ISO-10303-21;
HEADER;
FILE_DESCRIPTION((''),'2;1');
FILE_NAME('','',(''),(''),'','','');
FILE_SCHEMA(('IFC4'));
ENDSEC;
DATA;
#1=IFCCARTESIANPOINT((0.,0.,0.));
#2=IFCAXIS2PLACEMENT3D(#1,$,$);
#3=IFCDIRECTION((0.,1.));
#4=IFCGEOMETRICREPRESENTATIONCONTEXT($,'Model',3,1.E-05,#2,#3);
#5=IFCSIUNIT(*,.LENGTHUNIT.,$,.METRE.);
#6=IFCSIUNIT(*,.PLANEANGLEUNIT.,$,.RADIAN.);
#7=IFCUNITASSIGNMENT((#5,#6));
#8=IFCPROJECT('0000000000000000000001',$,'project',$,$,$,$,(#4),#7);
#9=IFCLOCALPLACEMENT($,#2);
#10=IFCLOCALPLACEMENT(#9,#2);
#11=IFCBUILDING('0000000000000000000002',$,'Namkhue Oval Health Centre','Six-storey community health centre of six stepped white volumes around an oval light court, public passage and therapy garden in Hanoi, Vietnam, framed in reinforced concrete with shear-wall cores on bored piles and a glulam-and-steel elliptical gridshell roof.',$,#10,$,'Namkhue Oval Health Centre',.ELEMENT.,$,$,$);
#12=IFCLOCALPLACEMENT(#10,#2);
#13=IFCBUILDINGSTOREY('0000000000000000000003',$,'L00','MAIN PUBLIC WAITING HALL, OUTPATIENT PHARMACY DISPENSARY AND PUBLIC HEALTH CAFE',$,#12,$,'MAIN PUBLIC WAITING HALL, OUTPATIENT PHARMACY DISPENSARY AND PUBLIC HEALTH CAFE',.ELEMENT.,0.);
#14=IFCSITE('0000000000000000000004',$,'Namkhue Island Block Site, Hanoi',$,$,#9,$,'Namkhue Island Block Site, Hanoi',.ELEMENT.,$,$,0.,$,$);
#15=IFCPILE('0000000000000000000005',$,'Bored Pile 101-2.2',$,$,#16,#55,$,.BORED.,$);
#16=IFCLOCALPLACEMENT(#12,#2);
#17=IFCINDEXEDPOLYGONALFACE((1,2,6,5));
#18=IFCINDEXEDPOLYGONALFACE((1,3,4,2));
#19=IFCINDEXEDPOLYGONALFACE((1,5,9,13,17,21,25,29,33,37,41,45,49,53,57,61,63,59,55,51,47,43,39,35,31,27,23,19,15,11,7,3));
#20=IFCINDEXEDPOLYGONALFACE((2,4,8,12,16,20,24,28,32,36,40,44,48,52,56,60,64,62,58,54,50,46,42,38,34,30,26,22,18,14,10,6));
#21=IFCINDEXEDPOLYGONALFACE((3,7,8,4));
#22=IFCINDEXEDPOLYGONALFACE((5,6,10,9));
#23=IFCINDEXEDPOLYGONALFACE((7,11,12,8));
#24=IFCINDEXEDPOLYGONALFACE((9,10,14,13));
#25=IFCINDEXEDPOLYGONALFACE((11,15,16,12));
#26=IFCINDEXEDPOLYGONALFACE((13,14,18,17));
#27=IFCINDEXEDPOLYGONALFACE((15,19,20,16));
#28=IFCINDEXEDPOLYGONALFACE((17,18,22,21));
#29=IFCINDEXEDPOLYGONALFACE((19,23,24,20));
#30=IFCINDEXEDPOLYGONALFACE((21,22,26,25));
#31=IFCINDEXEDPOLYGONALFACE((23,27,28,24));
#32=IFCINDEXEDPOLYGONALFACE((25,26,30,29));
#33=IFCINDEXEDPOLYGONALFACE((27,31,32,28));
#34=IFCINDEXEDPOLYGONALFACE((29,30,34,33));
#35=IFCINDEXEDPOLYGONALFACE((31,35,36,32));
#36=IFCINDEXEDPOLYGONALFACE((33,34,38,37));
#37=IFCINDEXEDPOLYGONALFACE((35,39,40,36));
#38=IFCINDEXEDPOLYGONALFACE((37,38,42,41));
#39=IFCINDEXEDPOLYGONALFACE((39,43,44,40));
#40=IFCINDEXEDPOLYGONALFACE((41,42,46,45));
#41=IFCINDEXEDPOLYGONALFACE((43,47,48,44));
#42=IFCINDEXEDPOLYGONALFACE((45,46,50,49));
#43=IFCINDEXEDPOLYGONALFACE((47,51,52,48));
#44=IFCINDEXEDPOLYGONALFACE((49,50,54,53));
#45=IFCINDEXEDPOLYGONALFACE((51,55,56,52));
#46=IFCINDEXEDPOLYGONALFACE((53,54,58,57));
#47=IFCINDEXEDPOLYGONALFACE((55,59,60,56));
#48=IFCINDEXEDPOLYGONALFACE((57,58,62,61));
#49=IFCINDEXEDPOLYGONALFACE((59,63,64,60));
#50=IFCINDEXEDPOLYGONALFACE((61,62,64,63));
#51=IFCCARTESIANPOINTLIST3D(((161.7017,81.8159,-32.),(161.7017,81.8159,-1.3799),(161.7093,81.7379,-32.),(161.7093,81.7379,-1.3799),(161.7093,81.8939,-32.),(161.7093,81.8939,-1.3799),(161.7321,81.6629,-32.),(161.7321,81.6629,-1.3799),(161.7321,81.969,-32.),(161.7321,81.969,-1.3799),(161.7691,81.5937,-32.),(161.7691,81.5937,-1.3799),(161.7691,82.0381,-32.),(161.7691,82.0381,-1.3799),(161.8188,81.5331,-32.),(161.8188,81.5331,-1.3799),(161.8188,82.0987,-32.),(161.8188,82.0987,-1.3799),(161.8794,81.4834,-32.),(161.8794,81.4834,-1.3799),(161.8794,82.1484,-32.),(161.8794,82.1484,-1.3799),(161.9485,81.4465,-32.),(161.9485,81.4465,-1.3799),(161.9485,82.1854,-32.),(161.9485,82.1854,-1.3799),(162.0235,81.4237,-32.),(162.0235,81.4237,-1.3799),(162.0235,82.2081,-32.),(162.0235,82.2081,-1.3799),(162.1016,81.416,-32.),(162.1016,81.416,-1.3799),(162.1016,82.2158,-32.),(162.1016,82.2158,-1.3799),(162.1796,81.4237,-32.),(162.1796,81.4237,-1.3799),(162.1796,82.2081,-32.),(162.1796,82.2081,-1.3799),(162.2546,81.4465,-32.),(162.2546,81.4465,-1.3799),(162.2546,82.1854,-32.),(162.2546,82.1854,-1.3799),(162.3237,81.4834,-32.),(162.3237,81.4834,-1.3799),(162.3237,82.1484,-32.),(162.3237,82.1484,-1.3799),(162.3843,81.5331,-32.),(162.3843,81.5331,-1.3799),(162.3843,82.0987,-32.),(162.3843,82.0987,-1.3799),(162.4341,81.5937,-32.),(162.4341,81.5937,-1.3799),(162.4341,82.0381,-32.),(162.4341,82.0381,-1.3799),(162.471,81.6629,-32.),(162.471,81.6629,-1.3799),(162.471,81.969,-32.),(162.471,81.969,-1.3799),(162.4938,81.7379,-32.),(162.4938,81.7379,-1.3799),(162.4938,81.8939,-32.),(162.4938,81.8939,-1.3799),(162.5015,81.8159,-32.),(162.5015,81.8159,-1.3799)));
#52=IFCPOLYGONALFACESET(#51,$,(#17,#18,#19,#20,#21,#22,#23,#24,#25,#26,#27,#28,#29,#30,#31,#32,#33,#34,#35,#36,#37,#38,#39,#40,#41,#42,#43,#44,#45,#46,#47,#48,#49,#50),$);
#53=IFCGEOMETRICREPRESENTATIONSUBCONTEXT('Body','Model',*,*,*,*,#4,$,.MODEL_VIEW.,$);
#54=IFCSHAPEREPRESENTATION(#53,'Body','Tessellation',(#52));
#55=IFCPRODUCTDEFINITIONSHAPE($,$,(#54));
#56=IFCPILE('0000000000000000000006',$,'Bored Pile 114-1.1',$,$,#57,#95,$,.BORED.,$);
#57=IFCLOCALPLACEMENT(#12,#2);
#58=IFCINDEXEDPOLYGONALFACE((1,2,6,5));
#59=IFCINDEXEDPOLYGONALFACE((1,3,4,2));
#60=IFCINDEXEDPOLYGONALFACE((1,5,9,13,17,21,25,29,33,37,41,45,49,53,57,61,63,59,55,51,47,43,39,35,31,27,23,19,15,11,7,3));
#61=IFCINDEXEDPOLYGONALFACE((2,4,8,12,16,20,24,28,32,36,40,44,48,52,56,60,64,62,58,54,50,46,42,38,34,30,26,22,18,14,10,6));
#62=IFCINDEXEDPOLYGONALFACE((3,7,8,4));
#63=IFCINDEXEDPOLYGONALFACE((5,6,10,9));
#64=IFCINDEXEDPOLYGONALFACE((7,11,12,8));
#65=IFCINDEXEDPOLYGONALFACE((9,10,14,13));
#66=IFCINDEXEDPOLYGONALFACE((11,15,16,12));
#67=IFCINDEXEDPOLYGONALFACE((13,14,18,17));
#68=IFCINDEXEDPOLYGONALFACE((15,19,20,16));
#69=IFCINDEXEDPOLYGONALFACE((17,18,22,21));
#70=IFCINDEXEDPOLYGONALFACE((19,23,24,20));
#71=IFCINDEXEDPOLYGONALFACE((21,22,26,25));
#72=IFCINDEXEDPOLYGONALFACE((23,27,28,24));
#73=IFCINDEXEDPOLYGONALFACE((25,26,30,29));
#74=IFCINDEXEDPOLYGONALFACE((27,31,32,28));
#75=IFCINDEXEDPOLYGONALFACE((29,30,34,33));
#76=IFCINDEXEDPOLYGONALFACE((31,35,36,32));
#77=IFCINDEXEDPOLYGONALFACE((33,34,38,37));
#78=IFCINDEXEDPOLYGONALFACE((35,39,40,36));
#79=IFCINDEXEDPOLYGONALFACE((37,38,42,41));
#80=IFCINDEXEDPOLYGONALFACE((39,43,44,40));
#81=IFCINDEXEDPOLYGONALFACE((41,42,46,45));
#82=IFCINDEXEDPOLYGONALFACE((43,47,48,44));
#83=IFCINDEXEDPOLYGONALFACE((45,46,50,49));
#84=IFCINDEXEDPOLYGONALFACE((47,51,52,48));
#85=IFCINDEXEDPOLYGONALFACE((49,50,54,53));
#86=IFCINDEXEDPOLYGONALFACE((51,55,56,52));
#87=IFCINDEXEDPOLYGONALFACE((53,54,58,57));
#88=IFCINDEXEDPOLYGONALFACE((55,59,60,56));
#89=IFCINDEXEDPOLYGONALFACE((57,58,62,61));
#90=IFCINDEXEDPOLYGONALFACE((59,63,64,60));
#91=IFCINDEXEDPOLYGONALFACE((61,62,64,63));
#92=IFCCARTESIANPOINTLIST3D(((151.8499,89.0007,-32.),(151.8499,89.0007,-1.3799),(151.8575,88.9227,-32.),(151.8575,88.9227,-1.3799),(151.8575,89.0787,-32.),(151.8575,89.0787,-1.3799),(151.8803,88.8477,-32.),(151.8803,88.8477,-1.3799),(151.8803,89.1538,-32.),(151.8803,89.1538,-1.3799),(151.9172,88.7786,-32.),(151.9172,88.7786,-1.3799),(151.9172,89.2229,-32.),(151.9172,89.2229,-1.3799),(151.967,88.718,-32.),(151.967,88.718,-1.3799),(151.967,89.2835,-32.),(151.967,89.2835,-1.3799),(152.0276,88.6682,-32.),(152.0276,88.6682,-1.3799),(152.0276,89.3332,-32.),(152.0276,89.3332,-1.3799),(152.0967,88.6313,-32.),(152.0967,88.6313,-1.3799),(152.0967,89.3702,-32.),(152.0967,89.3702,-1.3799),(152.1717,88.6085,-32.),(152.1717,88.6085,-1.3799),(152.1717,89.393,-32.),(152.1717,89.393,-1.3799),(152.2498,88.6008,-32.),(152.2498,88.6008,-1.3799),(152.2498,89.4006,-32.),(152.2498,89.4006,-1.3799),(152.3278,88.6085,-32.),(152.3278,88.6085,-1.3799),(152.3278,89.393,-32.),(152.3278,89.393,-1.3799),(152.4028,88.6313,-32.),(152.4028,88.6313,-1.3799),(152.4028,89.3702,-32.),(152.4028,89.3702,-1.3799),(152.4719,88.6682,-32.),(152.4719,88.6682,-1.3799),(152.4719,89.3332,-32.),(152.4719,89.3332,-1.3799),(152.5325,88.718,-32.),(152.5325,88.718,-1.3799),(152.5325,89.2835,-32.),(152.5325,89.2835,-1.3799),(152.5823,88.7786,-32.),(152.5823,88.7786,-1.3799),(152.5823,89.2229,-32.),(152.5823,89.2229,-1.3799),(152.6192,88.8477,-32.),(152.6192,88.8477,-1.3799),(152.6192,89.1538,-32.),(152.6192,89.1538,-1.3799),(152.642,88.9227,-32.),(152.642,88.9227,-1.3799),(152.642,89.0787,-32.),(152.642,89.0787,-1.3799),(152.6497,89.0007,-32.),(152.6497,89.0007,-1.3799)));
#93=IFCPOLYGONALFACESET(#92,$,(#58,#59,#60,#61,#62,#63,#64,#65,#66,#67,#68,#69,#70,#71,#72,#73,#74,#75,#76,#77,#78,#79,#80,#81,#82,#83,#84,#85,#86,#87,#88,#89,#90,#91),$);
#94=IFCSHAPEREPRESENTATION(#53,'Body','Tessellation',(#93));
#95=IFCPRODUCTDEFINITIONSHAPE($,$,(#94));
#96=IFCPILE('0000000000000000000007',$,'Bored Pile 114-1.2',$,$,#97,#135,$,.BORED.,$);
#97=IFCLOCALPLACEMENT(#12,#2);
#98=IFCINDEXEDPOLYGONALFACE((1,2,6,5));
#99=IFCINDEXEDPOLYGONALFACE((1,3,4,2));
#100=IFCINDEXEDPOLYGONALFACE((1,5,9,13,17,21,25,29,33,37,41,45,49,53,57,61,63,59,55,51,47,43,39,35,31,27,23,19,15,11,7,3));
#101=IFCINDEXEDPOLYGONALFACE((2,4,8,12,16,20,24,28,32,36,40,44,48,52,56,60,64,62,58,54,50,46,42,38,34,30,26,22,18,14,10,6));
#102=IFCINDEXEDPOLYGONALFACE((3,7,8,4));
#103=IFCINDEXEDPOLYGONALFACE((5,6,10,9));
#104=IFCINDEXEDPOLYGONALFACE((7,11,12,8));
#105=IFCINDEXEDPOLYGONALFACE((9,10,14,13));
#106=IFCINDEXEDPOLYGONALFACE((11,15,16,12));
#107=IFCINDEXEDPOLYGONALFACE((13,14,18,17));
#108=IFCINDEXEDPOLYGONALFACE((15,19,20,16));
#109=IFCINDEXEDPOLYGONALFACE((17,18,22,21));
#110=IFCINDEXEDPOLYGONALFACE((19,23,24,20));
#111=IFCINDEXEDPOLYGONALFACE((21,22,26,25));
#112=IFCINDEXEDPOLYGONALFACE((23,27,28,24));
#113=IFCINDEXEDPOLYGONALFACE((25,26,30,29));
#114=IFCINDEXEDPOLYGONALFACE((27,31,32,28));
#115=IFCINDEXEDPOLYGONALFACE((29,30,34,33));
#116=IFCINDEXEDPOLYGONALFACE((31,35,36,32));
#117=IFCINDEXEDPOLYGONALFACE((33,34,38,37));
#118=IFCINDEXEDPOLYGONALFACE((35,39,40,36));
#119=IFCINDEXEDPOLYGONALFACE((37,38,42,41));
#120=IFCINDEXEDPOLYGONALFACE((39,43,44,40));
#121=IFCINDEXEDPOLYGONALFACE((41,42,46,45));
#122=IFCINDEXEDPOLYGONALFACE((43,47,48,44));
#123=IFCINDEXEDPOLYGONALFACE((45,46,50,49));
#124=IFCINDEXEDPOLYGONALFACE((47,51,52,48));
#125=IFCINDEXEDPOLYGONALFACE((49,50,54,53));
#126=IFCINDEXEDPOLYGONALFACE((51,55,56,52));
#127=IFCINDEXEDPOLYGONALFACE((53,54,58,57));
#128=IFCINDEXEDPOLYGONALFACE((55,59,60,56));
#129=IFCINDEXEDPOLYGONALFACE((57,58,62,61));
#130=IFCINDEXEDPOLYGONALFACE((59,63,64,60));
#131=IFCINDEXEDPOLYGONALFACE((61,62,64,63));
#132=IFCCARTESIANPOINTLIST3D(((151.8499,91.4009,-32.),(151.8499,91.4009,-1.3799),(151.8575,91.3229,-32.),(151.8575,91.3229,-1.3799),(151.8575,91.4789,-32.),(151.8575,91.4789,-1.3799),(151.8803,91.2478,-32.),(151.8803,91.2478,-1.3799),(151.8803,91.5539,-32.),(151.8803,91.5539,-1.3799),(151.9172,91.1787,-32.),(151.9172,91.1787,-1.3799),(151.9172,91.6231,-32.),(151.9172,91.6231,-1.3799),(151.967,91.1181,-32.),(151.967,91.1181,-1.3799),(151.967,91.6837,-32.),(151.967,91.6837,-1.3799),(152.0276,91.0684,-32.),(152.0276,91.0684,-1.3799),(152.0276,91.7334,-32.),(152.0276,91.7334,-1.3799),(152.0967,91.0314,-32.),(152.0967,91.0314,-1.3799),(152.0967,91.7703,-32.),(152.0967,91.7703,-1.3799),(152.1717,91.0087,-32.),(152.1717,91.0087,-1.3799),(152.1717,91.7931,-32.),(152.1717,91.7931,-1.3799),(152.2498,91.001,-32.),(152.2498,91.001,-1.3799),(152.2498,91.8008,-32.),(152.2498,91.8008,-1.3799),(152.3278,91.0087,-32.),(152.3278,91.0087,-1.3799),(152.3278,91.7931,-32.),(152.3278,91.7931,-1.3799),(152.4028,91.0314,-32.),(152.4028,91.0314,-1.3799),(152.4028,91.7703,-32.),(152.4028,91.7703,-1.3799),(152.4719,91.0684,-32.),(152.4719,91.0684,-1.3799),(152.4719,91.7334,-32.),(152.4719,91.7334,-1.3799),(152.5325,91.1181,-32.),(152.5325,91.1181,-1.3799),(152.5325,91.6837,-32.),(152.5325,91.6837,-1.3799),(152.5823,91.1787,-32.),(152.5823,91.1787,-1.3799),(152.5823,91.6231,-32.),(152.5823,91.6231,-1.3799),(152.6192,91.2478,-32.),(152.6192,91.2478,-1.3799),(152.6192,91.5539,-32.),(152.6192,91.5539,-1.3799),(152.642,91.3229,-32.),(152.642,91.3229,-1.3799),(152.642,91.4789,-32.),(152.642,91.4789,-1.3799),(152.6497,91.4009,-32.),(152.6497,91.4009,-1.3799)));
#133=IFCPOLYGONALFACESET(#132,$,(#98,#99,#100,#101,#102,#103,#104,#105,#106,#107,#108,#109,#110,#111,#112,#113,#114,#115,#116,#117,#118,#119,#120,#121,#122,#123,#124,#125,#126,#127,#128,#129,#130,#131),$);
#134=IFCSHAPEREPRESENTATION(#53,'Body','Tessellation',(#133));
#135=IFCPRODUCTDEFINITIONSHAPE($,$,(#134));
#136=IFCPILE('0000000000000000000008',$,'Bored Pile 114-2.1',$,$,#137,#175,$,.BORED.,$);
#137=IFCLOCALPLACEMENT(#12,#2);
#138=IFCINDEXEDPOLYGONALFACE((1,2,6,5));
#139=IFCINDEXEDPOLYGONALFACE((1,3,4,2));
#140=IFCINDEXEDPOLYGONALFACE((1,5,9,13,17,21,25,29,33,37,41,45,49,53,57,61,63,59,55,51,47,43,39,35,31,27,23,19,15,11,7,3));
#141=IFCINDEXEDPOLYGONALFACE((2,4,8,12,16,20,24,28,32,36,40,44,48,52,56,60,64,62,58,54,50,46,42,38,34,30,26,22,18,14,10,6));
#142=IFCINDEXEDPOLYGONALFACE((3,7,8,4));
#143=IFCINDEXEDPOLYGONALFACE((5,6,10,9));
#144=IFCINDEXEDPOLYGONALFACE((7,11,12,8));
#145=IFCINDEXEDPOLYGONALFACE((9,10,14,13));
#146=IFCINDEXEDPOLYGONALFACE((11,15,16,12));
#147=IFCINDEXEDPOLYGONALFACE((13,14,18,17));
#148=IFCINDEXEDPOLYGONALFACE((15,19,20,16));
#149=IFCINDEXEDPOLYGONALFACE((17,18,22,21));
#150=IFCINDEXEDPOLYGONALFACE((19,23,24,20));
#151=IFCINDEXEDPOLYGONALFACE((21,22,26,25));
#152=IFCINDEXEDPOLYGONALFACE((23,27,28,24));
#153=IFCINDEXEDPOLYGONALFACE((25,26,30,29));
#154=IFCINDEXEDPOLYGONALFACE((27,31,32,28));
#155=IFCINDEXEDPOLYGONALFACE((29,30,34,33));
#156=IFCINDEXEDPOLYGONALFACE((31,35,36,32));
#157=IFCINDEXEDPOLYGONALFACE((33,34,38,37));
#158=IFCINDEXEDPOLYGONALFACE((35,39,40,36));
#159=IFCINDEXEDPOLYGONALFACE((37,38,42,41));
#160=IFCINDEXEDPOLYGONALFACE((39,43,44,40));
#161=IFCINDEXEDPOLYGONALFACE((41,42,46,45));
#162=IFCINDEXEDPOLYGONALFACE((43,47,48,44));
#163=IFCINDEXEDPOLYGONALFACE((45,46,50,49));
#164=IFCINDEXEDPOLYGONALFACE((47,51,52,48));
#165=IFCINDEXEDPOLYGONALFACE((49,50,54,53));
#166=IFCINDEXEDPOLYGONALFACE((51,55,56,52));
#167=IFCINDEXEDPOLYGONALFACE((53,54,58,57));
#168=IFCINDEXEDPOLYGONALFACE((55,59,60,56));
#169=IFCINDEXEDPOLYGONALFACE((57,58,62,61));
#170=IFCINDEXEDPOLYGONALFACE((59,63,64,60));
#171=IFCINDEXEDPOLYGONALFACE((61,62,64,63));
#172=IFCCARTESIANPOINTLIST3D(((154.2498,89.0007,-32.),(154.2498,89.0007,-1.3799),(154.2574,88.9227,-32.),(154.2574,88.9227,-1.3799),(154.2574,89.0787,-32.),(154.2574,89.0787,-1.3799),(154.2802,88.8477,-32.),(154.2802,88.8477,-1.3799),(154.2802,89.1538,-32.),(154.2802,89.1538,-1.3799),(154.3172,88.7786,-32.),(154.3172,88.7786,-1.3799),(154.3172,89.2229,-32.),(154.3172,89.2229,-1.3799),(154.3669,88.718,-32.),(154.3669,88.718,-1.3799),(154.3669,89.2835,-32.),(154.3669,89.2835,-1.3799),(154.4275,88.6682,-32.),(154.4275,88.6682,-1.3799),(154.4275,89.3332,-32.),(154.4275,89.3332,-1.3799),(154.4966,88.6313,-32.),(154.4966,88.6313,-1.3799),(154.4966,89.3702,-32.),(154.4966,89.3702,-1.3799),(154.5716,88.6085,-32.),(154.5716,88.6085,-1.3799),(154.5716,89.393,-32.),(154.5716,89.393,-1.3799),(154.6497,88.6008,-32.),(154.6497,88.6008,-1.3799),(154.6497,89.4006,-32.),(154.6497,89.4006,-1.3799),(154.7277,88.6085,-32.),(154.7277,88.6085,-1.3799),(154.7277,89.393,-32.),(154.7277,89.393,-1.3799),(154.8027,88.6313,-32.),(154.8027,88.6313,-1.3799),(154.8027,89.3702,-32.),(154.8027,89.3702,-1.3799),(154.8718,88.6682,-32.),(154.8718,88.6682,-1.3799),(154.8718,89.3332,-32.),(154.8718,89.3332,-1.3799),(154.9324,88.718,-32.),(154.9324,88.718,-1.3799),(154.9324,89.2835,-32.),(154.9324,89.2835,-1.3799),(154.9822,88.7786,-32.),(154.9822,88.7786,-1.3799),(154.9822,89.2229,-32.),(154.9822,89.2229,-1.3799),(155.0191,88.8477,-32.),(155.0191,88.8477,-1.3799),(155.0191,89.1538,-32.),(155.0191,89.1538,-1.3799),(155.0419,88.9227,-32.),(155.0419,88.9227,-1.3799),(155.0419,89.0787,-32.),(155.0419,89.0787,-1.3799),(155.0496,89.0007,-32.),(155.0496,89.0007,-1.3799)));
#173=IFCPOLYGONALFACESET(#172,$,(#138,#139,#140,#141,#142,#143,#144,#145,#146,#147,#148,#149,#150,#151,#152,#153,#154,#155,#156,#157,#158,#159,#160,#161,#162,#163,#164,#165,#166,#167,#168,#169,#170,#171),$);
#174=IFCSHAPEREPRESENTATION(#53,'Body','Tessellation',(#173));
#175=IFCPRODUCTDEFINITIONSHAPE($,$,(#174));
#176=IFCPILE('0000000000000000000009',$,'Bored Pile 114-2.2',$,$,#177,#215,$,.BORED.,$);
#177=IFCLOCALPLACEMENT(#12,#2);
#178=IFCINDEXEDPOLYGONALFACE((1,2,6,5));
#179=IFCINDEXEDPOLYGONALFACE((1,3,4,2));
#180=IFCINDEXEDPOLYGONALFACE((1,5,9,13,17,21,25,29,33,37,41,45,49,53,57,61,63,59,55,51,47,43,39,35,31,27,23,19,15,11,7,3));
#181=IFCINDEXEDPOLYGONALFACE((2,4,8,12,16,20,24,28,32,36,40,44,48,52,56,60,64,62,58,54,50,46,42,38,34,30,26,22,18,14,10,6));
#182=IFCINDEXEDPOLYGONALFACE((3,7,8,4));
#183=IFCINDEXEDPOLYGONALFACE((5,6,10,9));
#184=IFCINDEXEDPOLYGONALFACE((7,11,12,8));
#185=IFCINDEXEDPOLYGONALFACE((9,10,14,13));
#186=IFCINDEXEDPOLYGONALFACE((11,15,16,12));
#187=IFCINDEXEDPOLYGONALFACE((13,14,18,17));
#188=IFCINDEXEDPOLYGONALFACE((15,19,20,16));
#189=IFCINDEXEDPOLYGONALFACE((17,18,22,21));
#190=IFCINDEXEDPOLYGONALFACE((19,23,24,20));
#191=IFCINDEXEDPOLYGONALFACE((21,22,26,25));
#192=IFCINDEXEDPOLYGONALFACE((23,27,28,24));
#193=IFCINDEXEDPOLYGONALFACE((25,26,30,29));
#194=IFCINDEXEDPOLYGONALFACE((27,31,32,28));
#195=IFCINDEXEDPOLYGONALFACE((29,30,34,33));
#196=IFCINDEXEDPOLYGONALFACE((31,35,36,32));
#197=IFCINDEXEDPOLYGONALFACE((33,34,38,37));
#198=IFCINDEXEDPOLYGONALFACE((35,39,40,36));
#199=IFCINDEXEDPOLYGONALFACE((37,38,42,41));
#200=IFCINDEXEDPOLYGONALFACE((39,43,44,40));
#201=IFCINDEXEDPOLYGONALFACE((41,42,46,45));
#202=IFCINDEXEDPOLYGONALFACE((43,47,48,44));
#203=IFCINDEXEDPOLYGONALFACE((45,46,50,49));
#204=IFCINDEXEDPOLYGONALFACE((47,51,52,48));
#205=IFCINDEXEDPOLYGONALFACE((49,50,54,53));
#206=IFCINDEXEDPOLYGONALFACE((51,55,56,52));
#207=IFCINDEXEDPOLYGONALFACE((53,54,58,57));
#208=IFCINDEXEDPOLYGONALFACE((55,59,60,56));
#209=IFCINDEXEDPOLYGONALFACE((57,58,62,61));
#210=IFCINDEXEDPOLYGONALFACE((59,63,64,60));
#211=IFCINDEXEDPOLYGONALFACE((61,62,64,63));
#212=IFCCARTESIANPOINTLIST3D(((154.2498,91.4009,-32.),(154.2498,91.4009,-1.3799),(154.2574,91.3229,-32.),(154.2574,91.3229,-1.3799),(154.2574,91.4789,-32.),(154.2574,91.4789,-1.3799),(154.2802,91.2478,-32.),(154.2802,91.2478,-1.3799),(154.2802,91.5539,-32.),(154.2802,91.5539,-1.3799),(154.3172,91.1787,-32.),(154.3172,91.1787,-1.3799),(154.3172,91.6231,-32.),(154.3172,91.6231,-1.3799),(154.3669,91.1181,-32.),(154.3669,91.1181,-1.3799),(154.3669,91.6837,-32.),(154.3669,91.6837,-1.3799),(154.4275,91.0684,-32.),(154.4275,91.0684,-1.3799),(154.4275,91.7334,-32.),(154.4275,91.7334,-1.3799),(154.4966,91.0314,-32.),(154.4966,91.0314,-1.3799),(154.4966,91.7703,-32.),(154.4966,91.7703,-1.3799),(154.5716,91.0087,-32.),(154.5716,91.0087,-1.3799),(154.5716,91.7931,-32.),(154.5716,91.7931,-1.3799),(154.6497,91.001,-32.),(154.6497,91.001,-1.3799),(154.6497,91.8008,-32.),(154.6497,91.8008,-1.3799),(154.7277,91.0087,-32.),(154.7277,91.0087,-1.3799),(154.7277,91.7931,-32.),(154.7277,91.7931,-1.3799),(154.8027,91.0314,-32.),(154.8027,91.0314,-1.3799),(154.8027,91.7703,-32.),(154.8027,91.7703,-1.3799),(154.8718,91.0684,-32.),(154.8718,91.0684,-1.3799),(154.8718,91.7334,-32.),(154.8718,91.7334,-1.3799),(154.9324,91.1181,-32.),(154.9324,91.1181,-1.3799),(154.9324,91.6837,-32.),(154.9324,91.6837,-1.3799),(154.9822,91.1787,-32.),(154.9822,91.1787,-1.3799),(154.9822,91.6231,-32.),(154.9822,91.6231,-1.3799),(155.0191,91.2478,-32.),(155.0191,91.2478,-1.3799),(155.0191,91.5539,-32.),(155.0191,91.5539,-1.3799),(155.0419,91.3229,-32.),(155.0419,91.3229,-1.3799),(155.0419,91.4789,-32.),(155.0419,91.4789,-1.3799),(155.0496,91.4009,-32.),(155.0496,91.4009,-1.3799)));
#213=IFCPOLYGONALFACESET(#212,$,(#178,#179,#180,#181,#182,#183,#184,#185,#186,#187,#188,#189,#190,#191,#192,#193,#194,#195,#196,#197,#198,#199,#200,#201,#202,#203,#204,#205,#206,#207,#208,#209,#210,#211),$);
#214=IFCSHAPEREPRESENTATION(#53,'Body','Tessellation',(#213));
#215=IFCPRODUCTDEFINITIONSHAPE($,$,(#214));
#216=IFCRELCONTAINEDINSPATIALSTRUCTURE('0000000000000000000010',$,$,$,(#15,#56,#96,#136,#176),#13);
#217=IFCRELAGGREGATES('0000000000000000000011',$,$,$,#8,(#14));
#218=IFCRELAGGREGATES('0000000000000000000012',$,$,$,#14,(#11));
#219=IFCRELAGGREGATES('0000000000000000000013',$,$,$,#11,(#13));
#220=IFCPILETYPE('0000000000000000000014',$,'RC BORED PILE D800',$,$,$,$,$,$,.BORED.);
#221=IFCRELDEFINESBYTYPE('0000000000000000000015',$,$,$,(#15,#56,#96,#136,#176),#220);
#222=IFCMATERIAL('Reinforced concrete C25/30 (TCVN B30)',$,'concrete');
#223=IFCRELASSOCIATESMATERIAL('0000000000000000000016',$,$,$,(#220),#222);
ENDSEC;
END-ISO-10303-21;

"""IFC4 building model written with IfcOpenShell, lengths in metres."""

from ifc_helpers import new_model, si_unit, direction, frame, origin, origin_2d, place, context, subcontext, project, spatial, circle, extrude, material, material_profile, profile_set, type_object, element, save


model = new_model("IFC4")

# Units and contexts
model_context = context("Model", 3, precision=1e-05, world=origin(), true_north=direction((0.0, 1.0)))
body_context = subcontext(model_context, "Body", "Model", "MODEL_VIEW")
ifc_project = project(units=[si_unit("LENGTHUNIT", "METRE"), si_unit("PLANEANGLEUNIT", "RADIAN")], contexts=[model_context])

# Site, building, storey
site_placement = place(None, origin())
site = spatial("IfcSite", under=ifc_project, at=site_placement, Name="Namkhue Island Block Site, Hanoi", LongName="Namkhue Island Block Site, Hanoi", CompositionType="ELEMENT", RefElevation=0.0)
building_placement = place(site_placement, origin())
building = spatial("IfcBuilding", under=site, at=building_placement, Name="Namkhue Oval Health Centre", Description="Six-storey community health centre of six stepped white volumes around an oval light court, public passage and therapy garden in Hanoi, Vietnam, framed in reinforced concrete with shear-wall cores on bored piles and a glulam-and-steel elliptical gridshell roof.", LongName="Namkhue Oval Health Centre", CompositionType="ELEMENT")
storey_placement = place(building_placement, origin())
storey = spatial("IfcBuildingStorey", under=building, at=storey_placement, Name="L00", Description="MAIN PUBLIC WAITING HALL, OUTPATIENT PHARMACY DISPENSARY AND PUBLIC HEALTH CAFE", LongName="MAIN PUBLIC WAITING HALL, OUTPATIENT PHARMACY DISPENSARY AND PUBLIC HEALTH CAFE", CompositionType="ELEMENT", Elevation=0.0)

# Piles
ifc_material_1 = material(Name="Reinforced concrete C25/30 (TCVN B30)", Category="concrete")
ifc_material_profile_1 = material_profile(ifc_material_1, circle(Radius=0.3999, at=origin_2d()), Name="BORED PILE D800")
ifc_profile_set_1 = profile_set([ifc_material_profile_1], Name="Reinforced concrete C25/30 (TCVN B30)")
pile_type = type_object("IfcPileType", Name="RC BORED PILE D800", PredefinedType="BORED", material=ifc_profile_set_1)
for number, where, z_axis, x_axis, name in (
    (1, (162.1016, 81.8159, -1.3799), (0.0, 0.0, -1.0), (1.0, 0.0, 0.0), "Bored Pile 101-2.2"),
    (2, (152.2498, 89.0007, -1.3799), (0.0, 0.0, -1.0), (1.0, 0.0, 0.0), "Bored Pile 114-1.1"),
    (3, (152.2498, 91.4009, -1.3799), (0.0, 0.0, -1.0), (1.0, 0.0, 0.0), "Bored Pile 114-1.2"),
    (4, (154.6497, 89.0007, -1.3799), (0.0, 0.0, -1.0), (1.0, 0.0, 0.0), "Bored Pile 114-2.1"),
    (5, (154.6497, 91.4009, -1.3799), (0.0, 0.0, -1.0), (1.0, 0.0, 0.0), "Bored Pile 114-2.2"),
):
    element("IfcPile", number, at=place(storey_placement, frame(where, z_axis=z_axis, x_axis=x_axis)), inside=storey, type_object=pile_type, Name=name, PredefinedType="BORED", context=body_context, shape_type="SweptSolid", body=[
        extrude(circle(Radius=0.3999, at=origin_2d()), origin(), (0.0, 0.0, 1.0), 30.6201),
    ])

save(model, "model.ifc")
